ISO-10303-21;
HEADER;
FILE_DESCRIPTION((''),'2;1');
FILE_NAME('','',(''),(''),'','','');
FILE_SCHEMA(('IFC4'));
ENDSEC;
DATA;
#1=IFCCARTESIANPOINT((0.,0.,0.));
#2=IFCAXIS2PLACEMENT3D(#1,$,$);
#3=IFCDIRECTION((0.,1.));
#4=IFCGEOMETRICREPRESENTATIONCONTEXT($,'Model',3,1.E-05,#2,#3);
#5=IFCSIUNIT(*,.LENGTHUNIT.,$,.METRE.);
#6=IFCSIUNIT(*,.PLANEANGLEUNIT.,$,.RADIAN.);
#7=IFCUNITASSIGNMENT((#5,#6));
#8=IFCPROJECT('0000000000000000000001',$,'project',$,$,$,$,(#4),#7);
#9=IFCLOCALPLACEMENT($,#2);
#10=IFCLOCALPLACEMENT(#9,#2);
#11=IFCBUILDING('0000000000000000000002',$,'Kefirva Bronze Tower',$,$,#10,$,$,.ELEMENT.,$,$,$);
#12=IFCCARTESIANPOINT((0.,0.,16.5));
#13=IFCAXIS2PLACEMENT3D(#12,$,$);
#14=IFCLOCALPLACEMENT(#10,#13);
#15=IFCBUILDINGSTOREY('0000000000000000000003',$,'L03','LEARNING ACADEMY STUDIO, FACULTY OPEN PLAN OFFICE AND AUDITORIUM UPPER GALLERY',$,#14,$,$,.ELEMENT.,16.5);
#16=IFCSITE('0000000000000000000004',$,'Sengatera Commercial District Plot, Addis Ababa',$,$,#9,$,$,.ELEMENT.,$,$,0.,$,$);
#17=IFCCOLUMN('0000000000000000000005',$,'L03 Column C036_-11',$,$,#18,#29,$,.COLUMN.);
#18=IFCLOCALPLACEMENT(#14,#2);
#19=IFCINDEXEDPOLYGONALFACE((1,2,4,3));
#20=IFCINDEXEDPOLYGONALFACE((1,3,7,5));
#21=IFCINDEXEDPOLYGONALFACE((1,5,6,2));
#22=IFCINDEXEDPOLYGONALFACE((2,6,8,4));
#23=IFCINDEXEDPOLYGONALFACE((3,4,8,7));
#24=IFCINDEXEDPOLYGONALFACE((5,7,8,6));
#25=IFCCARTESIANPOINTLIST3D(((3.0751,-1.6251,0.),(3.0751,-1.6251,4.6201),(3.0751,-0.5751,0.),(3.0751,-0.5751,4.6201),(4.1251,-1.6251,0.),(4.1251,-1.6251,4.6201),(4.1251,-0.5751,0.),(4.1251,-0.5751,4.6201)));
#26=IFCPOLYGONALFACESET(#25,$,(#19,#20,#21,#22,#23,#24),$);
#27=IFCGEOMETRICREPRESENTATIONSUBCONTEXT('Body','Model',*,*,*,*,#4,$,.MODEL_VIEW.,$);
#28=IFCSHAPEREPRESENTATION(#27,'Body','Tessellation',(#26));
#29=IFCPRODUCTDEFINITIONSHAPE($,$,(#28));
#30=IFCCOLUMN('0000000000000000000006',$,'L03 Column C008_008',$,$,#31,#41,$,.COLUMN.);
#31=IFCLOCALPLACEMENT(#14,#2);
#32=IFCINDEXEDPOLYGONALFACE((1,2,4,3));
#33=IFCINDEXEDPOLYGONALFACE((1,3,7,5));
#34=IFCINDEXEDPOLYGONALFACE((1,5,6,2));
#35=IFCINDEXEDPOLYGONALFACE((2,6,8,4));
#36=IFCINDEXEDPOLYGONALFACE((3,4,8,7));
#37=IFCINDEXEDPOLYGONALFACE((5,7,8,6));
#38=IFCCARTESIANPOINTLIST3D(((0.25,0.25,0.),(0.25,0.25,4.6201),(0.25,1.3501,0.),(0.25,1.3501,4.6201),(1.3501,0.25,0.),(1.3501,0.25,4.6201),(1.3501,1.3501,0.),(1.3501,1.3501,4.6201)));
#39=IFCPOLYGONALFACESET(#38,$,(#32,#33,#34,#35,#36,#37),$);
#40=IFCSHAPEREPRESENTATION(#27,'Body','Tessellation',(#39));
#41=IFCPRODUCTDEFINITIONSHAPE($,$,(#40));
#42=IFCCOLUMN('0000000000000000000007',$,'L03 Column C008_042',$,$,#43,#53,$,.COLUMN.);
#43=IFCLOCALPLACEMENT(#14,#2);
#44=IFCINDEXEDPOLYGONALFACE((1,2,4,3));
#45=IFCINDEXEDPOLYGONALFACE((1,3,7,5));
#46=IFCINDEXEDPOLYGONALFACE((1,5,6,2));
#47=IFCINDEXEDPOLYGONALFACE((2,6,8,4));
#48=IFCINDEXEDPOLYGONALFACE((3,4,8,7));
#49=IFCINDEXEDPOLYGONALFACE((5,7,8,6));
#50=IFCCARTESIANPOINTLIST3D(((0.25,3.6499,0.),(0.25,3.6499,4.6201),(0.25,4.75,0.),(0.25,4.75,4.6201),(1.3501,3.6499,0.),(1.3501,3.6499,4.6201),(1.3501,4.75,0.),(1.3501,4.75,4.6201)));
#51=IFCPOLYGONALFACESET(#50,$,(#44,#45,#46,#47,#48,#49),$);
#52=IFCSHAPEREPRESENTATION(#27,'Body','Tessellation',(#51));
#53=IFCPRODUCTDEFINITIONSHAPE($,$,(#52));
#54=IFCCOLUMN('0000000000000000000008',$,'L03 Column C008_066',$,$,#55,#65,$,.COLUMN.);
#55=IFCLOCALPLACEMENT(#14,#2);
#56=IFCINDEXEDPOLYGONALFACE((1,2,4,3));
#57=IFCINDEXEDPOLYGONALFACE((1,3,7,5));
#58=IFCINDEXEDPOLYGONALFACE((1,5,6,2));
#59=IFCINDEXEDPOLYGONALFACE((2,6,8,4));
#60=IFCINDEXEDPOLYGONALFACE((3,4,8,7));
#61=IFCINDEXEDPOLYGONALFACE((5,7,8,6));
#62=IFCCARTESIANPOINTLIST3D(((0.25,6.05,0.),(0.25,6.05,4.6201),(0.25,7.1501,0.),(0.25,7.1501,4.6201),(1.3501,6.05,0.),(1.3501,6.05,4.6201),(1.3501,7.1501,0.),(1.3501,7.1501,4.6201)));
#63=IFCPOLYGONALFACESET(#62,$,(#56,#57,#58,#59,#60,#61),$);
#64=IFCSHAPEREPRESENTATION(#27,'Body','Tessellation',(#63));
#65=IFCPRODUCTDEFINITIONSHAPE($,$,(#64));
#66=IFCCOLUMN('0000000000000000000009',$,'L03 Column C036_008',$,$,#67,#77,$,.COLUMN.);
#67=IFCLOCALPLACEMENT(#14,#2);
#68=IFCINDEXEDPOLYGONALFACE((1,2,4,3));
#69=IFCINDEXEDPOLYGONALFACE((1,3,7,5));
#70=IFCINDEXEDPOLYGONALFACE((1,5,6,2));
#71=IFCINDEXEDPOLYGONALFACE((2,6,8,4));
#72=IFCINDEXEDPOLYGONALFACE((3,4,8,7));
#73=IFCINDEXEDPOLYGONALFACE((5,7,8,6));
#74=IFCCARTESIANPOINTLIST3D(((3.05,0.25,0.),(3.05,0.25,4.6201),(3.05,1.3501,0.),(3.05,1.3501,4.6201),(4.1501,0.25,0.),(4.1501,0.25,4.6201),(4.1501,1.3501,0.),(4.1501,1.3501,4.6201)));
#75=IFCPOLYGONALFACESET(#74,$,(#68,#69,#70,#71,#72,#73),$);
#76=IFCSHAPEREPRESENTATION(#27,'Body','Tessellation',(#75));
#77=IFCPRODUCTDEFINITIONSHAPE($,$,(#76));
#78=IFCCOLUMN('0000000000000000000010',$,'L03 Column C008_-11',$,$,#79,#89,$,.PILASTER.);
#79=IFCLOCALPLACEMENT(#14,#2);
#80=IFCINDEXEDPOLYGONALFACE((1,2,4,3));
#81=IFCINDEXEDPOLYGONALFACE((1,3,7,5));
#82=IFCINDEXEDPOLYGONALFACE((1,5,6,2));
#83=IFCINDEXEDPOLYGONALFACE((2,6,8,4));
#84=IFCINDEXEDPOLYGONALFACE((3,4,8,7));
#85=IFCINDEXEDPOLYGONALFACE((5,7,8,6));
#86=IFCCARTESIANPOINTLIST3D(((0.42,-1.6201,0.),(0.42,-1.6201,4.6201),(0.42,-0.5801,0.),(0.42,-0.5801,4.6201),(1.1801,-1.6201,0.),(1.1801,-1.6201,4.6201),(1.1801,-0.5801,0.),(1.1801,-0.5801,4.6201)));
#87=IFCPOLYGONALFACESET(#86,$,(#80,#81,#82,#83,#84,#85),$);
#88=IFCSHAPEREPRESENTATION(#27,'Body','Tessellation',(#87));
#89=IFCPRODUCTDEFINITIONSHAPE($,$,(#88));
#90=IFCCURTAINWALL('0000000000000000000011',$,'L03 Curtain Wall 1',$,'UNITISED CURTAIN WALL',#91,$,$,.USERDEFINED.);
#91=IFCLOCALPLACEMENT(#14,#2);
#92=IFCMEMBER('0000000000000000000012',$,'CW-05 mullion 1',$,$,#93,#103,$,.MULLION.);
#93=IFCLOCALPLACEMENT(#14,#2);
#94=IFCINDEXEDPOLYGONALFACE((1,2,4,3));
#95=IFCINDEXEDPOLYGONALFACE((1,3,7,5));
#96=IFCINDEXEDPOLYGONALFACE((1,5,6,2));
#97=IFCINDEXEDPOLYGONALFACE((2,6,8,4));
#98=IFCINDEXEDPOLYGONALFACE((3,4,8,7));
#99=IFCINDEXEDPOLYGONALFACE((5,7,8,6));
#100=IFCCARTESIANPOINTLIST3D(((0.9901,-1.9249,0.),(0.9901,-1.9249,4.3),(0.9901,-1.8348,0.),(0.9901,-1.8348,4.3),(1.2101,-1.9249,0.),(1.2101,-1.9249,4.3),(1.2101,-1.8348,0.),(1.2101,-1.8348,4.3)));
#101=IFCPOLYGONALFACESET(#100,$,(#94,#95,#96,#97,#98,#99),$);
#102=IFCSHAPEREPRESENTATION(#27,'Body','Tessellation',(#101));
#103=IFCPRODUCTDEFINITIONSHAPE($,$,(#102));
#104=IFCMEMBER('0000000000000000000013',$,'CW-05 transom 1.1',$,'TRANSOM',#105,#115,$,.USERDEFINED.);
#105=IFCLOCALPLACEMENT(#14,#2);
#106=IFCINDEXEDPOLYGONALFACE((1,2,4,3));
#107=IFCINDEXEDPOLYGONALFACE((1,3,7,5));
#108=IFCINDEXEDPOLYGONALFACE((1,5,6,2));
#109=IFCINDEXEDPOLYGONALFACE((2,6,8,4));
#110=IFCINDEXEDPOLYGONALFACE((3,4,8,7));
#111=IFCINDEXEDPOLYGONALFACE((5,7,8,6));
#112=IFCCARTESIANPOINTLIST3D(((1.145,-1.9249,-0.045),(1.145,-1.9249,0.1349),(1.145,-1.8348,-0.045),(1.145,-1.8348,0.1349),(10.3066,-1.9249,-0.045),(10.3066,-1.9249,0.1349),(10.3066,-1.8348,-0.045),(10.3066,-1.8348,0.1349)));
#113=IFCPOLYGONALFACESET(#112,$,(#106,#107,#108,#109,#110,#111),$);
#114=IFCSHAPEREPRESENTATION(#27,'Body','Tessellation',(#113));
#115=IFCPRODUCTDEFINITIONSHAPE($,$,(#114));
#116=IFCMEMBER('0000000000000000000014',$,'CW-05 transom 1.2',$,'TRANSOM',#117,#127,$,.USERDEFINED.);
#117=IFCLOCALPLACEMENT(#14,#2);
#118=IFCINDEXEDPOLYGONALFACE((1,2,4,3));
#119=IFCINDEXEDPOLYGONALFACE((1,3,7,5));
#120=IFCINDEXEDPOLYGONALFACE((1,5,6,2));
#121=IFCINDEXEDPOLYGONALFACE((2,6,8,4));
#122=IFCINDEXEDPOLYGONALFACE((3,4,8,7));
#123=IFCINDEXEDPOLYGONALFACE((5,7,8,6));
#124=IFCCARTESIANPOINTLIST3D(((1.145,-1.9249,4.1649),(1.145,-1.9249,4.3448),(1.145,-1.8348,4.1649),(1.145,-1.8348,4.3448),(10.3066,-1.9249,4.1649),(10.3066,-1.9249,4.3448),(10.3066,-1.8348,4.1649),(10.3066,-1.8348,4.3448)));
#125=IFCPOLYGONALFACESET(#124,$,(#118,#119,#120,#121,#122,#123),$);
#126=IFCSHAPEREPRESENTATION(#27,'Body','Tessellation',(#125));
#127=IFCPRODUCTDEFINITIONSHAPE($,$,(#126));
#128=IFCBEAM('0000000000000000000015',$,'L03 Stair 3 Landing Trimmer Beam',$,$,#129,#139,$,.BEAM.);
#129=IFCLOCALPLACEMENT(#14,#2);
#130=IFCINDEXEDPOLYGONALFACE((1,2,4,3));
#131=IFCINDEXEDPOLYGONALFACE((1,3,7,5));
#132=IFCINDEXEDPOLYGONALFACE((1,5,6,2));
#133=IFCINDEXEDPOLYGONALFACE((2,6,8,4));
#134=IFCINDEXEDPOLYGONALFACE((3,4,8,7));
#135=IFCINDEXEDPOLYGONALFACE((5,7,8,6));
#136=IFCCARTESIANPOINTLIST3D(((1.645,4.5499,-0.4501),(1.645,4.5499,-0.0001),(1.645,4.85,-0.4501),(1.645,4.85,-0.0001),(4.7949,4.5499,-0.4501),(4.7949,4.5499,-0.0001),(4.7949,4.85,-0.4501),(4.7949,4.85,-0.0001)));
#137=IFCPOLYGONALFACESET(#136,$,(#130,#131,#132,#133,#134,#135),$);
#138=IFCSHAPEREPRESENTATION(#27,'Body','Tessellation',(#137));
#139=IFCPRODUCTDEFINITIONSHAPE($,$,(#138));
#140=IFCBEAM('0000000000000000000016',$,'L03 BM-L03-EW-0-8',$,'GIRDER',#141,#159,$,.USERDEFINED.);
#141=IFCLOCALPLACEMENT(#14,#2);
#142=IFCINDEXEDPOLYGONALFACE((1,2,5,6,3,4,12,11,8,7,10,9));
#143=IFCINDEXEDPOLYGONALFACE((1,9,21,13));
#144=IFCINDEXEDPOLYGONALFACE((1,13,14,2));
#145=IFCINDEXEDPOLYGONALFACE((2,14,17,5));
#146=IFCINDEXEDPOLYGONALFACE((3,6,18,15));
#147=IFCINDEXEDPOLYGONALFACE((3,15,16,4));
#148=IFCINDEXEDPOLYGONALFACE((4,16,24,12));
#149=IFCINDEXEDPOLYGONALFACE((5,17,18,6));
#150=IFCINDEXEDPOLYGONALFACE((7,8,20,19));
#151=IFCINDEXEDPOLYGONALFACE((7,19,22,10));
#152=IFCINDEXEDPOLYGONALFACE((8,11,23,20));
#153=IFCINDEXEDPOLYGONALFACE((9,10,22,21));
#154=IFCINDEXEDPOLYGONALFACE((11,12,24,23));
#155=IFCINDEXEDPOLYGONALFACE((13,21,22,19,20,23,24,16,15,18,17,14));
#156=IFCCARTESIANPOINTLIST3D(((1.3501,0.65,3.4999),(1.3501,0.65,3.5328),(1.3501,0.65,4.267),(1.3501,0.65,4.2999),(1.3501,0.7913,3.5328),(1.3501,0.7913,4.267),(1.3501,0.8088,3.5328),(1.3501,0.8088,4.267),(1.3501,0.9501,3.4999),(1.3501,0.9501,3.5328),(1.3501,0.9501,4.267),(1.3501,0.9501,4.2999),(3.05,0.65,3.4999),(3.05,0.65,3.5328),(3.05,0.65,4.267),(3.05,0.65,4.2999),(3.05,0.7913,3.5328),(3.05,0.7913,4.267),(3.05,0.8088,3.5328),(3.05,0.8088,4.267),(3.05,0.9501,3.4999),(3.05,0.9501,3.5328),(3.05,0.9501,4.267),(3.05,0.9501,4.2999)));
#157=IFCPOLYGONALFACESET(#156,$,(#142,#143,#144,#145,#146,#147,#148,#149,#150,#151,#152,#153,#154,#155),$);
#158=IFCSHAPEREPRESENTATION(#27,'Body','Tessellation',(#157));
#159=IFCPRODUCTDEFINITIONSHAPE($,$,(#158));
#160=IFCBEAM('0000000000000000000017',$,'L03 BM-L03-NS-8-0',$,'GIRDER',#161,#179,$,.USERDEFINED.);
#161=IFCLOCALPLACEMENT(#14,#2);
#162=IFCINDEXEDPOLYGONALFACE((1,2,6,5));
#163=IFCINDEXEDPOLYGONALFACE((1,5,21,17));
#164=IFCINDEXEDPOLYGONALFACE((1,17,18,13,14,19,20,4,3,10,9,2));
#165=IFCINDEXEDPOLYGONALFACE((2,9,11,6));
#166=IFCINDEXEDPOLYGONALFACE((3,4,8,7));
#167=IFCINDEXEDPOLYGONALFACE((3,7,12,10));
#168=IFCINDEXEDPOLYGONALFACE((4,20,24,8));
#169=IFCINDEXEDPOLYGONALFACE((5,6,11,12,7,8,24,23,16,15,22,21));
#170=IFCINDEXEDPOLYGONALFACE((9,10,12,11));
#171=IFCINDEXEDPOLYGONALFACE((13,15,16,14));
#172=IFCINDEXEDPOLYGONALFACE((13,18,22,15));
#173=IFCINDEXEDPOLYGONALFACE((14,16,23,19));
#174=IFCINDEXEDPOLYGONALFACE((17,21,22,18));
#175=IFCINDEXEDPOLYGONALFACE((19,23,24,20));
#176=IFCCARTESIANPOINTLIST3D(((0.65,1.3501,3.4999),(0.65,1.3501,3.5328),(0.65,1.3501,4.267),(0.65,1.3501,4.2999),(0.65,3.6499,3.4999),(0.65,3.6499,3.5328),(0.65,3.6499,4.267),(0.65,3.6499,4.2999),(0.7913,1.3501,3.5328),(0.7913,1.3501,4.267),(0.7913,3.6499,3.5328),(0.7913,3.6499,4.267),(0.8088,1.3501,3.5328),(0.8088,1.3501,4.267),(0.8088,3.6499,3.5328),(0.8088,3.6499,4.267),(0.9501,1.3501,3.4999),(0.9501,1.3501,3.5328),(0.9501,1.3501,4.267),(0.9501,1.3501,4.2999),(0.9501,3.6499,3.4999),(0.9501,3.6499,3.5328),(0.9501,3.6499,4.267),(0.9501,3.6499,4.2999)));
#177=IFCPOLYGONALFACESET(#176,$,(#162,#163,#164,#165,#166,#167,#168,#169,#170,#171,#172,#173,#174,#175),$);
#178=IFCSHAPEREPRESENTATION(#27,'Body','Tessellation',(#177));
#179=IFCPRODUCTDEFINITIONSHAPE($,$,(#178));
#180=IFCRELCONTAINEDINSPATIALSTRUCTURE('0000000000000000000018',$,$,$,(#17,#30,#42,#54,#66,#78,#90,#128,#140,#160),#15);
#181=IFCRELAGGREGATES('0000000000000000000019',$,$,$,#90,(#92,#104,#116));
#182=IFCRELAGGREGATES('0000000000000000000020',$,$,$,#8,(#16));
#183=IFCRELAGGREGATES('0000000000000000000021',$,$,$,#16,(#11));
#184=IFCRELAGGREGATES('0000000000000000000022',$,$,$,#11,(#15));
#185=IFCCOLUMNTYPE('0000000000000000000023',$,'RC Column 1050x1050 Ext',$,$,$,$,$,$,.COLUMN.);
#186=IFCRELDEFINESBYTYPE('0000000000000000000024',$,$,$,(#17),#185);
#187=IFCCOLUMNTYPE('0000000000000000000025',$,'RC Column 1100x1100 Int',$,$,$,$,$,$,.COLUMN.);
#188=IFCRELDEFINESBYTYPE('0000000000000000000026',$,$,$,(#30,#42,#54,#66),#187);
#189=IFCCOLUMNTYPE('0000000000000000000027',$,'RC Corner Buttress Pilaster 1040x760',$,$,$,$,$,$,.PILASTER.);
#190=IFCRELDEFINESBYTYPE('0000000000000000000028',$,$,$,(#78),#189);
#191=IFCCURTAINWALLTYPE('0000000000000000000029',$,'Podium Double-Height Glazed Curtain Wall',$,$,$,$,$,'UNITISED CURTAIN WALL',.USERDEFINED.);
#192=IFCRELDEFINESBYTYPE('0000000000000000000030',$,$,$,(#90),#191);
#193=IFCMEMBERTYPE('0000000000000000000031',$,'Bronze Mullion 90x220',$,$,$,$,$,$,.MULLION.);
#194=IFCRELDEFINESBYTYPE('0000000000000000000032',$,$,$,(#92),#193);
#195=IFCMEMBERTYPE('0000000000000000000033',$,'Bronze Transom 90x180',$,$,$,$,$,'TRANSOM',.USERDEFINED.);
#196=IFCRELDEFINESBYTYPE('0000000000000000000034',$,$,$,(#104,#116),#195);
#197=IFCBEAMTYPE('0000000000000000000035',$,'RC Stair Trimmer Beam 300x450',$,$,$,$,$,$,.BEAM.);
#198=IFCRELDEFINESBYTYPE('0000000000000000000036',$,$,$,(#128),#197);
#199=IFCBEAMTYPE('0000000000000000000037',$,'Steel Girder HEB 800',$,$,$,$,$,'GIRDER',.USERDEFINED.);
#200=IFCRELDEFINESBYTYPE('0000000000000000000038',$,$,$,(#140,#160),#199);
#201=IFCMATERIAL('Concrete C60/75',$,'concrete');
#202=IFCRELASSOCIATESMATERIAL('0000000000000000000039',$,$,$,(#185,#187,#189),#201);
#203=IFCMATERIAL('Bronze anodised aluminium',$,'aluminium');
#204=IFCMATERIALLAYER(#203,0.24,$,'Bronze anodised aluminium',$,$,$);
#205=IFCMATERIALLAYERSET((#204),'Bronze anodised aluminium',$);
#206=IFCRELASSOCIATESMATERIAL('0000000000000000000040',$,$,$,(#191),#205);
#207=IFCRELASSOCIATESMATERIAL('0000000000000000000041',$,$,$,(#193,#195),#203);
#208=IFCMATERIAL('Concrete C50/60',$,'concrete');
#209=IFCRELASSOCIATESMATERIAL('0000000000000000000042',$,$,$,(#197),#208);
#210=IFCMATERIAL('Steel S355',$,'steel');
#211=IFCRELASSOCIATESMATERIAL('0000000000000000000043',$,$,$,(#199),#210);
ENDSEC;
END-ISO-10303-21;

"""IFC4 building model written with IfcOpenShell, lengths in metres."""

from ifc_helpers import new_model, si_unit, direction, frame, origin, origin_2d, place, context, subcontext, project, spatial, rectangle, i_section, extrude, material, layer, layer_set, material_profile, profile_set, type_object, element, aggregate, save


model = new_model("IFC4")

# Units and contexts
model_context = context("Model", 3, precision=1e-05, world=origin(), true_north=direction((0.0, 1.0)))
body_context = subcontext(model_context, "Body", "Model", "MODEL_VIEW")
ifc_project = project(units=[si_unit("LENGTHUNIT", "METRE"), si_unit("PLANEANGLEUNIT", "RADIAN")], contexts=[model_context])

# Site, building, storey
site_placement = place(None, origin())
site = spatial("IfcSite", under=ifc_project, at=site_placement, Name="Sengatera Commercial District Plot, Addis Ababa", CompositionType="ELEMENT", RefElevation=0.0)
building_placement = place(site_placement, origin())
building = spatial("IfcBuilding", under=site, at=building_placement, Name="Kefirva Bronze Tower", CompositionType="ELEMENT")
storey_placement = place(building_placement, frame((0.0, 0.0, 16.5)))
storey = spatial("IfcBuildingStorey", under=building, at=storey_placement, Name="L03", Description="LEARNING ACADEMY STUDIO, FACULTY OPEN PLAN OFFICE AND AUDITORIUM UPPER GALLERY", CompositionType="ELEMENT", Elevation=16.5)

# Columns
ifc_material_1 = material(Name="Concrete C60/75", Category="concrete")
ifc_material_profile_1 = material_profile(ifc_material_1, rectangle(XDim=1.05, YDim=1.05, at=origin_2d()), Name="RC 1050x1050")
ifc_profile_set_1 = profile_set([ifc_material_profile_1], Name="Concrete C60/75")
column_type_1 = type_object("IfcColumnType", Name="RC Column 1050x1050 Ext", PredefinedType="COLUMN", material=ifc_profile_set_1)
column_1_placement = place(storey_placement, frame((3.6001, -1.1001, 0.0), z_axis=(0.0, 0.0, 1.0), x_axis=(1.0, 0.0, 0.0)))
element("IfcColumn", 1, at=column_1_placement, inside=storey, type_object=column_type_1, Name="L03 Column C036_-11", PredefinedType="COLUMN", context=body_context, shape_type="SweptSolid", body=[
    extrude(rectangle(XDim=1.05, YDim=1.05, at=origin_2d()), origin(), (0.0, 0.0, 1.0), 4.6201),
])
ifc_material_profile_2 = material_profile(ifc_material_1, rectangle(XDim=1.1001, YDim=1.1001, at=origin_2d()), Name="RC 1100x1100")
ifc_profile_set_2 = profile_set([ifc_material_profile_2], Name="Concrete C60/75")
column_type_2 = type_object("IfcColumnType", Name="RC Column 1100x1100 Int", PredefinedType="COLUMN", material=ifc_profile_set_2)
for number, where, z_axis, x_axis, name in (
    (2, (0.8, 0.8, 0.0), (0.0, 0.0, 1.0), (1.0, 0.0, 0.0), "L03 Column C008_008"),
    (3, (0.8, 4.2, 0.0), (0.0, 0.0, 1.0), (1.0, 0.0, 0.0), "L03 Column C008_042"),
    (4, (0.8, 6.6001, 0.0), (0.0, 0.0, 1.0), (1.0, 0.0, 0.0), "L03 Column C008_066"),
    (5, (3.6001, 0.8, 0.0), (0.0, 0.0, 1.0), (1.0, 0.0, 0.0), "L03 Column C036_008"),
):
    element("IfcColumn", number, at=place(storey_placement, frame(where, z_axis=z_axis, x_axis=x_axis)), inside=storey, type_object=column_type_2, Name=name, PredefinedType="COLUMN", context=body_context, shape_type="SweptSolid", body=[
        extrude(rectangle(XDim=1.1001, YDim=1.1001, at=origin_2d()), origin(), (0.0, 0.0, 1.0), 4.6201),
    ])
ifc_material_profile_3 = material_profile(ifc_material_1, rectangle(XDim=0.76, YDim=1.04, at=origin_2d()), Name="RC 760x1040")
ifc_profile_set_3 = profile_set([ifc_material_profile_3], Name="Concrete C60/75")
column_type_3 = type_object("IfcColumnType", Name="RC Corner Buttress Pilaster 1040x760", PredefinedType="PILASTER", material=ifc_profile_set_3)
column_2_placement = place(storey_placement, frame((0.8, -1.1001, 0.0), z_axis=(0.0, 0.0, 1.0), x_axis=(1.0, 0.0, 0.0)))
element("IfcColumn", 6, at=column_2_placement, inside=storey, type_object=column_type_3, Name="L03 Column C008_-11", PredefinedType="PILASTER", context=body_context, shape_type="SweptSolid", body=[
    extrude(rectangle(XDim=0.76, YDim=1.04, at=origin_2d()), origin(), (0.0, 0.0, 1.0), 4.6201),
])

# Curtain wall, members
ifc_material_2 = material(Name="Bronze anodised aluminium", Category="aluminium")
ifc_layer_1 = layer(ifc_material_2, 0.24, Name="Bronze anodised aluminium")
ifc_layer_set_1 = layer_set([ifc_layer_1], Name="Bronze anodised aluminium")
curtain_wall_type = type_object("IfcCurtainWallType", Name="Podium Double-Height Glazed Curtain Wall", ElementType="UNITISED CURTAIN WALL", PredefinedType="USERDEFINED", material=ifc_layer_set_1)
curtain_wall_placement = place(storey_placement, origin())
curtain_wall = element("IfcCurtainWall", 7, at=curtain_wall_placement, inside=storey, type_object=curtain_wall_type, Name="L03 Curtain Wall 1", ObjectType="UNITISED CURTAIN WALL", PredefinedType="USERDEFINED")
ifc_material_profile_4 = material_profile(ifc_material_2, rectangle(XDim=0.0901, YDim=0.22, at=origin_2d()), Name="ALU 90x220")
ifc_profile_set_4 = profile_set([ifc_material_profile_4], Name="Bronze anodised aluminium")
member_type_1 = type_object("IfcMemberType", Name="Bronze Mullion 90x220", PredefinedType="MULLION", material=ifc_profile_set_4)
member_1_placement = place(storey_placement, frame((1.1001, -1.8799, 0.0), z_axis=(0.0, 0.0, 1.0), x_axis=(0.0, 1.0, 0.0)))
member_1 = element("IfcMember", 8, at=member_1_placement, type_object=member_type_1, Name="CW-05 mullion 1", PredefinedType="MULLION", context=body_context, shape_type="SweptSolid", body=[
    extrude(rectangle(XDim=0.0901, YDim=0.22, at=origin_2d()), origin(), (0.0, 0.0, 1.0), 4.3),
])
ifc_material_profile_5 = material_profile(ifc_material_2, rectangle(XDim=0.0901, YDim=0.1799, at=origin_2d()), Name="ALU 90x180")
ifc_profile_set_5 = profile_set([ifc_material_profile_5], Name="Bronze anodised aluminium")
member_type_2 = type_object("IfcMemberType", Name="Bronze Transom 90x180", ElementType="TRANSOM", PredefinedType="USERDEFINED", material=ifc_profile_set_5)
member_2_placement = place(storey_placement, frame((1.145, -1.8799, 0.0449), z_axis=(1.0, 0.0, 0.0), x_axis=(0.0, 1.0, 0.0)))
member_2 = element("IfcMember", 9, at=member_2_placement, type_object=member_type_2, Name="CW-05 transom 1.1", ObjectType="TRANSOM", PredefinedType="USERDEFINED", context=body_context, shape_type="SweptSolid", body=[
    extrude(rectangle(XDim=0.0901, YDim=0.1799, at=origin_2d()), origin(), (0.0, 0.0, 1.0), 9.1616),
])
member_3_placement = place(storey_placement, frame((1.145, -1.8799, 4.2549), z_axis=(1.0, 0.0, 0.0), x_axis=(0.0, 1.0, 0.0)))
member_3 = element("IfcMember", 10, at=member_3_placement, type_object=member_type_2, Name="CW-05 transom 1.2", ObjectType="TRANSOM", PredefinedType="USERDEFINED", context=body_context, shape_type="SweptSolid", body=[
    extrude(rectangle(XDim=0.0901, YDim=0.1799, at=origin_2d()), origin(), (0.0, 0.0, 1.0), 9.1616),
])
aggregate(curtain_wall, [member_1, member_2, member_3])

# Beams
ifc_material_3 = material(Name="Concrete C50/60", Category="concrete")
ifc_material_profile_6 = material_profile(ifc_material_3, rectangle(XDim=0.3, YDim=0.45, at=origin_2d()), Name="RC 300x450")
ifc_profile_set_6 = profile_set([ifc_material_profile_6], Name="Concrete C50/60")
beam_type_1 = type_object("IfcBeamType", Name="RC Stair Trimmer Beam 300x450", PredefinedType="BEAM", material=ifc_profile_set_6)
beam_1_placement = place(storey_placement, frame((1.645, 4.7, -0.2251), z_axis=(1.0, 0.0, 0.0), x_axis=(0.0, 1.0, 0.0)))
element("IfcBeam", 11, at=beam_1_placement, inside=storey, type_object=beam_type_1, Name="L03 Stair 3 Landing Trimmer Beam", PredefinedType="BEAM", context=body_context, shape_type="SweptSolid", body=[
    extrude(rectangle(XDim=0.3, YDim=0.45, at=origin_2d()), origin(), (0.0, 0.0, 1.0), 3.1499),
])
ifc_material_4 = material(Name="Steel S355", Category="steel")
ifc_material_profile_7 = material_profile(ifc_material_4, i_section(OverallWidth=0.3, OverallDepth=0.8, WebThickness=0.0176, FlangeThickness=0.033, at=origin_2d()), Name="HEB 800")
ifc_profile_set_7 = profile_set([ifc_material_profile_7], Name="Steel S355")
beam_type_2 = type_object("IfcBeamType", Name="Steel Girder HEB 800", ElementType="GIRDER", PredefinedType="USERDEFINED", material=ifc_profile_set_7)
beam_2_placement = place(storey_placement, frame((1.3501, 0.8, 3.8999), z_axis=(1.0, 0.0, 0.0), x_axis=(0.0, 1.0, 0.0)))
element("IfcBeam", 12, at=beam_2_placement, inside=storey, type_object=beam_type_2, Name="L03 BM-L03-EW-0-8", ObjectType="GIRDER", PredefinedType="USERDEFINED", context=body_context, shape_type="SweptSolid", body=[
    extrude(i_section(OverallWidth=0.3, OverallDepth=0.8, WebThickness=0.0176, FlangeThickness=0.033, at=origin_2d()), origin(), (0.0, 0.0, 1.0), 1.7),
])
beam_3_placement = place(storey_placement, frame((0.8, 1.3501, 3.8999), z_axis=(0.0, 1.0, 0.0), x_axis=(-1.0, 0.0, 0.0)))
element("IfcBeam", 13, at=beam_3_placement, inside=storey, type_object=beam_type_2, Name="L03 BM-L03-NS-8-0", ObjectType="GIRDER", PredefinedType="USERDEFINED", context=body_context, shape_type="SweptSolid", body=[
    extrude(i_section(OverallWidth=0.3, OverallDepth=0.8, WebThickness=0.0176, FlangeThickness=0.033, at=origin_2d()), origin(), (0.0, 0.0, 1.0), 2.2998),
])

save(model, "model.ifc")
